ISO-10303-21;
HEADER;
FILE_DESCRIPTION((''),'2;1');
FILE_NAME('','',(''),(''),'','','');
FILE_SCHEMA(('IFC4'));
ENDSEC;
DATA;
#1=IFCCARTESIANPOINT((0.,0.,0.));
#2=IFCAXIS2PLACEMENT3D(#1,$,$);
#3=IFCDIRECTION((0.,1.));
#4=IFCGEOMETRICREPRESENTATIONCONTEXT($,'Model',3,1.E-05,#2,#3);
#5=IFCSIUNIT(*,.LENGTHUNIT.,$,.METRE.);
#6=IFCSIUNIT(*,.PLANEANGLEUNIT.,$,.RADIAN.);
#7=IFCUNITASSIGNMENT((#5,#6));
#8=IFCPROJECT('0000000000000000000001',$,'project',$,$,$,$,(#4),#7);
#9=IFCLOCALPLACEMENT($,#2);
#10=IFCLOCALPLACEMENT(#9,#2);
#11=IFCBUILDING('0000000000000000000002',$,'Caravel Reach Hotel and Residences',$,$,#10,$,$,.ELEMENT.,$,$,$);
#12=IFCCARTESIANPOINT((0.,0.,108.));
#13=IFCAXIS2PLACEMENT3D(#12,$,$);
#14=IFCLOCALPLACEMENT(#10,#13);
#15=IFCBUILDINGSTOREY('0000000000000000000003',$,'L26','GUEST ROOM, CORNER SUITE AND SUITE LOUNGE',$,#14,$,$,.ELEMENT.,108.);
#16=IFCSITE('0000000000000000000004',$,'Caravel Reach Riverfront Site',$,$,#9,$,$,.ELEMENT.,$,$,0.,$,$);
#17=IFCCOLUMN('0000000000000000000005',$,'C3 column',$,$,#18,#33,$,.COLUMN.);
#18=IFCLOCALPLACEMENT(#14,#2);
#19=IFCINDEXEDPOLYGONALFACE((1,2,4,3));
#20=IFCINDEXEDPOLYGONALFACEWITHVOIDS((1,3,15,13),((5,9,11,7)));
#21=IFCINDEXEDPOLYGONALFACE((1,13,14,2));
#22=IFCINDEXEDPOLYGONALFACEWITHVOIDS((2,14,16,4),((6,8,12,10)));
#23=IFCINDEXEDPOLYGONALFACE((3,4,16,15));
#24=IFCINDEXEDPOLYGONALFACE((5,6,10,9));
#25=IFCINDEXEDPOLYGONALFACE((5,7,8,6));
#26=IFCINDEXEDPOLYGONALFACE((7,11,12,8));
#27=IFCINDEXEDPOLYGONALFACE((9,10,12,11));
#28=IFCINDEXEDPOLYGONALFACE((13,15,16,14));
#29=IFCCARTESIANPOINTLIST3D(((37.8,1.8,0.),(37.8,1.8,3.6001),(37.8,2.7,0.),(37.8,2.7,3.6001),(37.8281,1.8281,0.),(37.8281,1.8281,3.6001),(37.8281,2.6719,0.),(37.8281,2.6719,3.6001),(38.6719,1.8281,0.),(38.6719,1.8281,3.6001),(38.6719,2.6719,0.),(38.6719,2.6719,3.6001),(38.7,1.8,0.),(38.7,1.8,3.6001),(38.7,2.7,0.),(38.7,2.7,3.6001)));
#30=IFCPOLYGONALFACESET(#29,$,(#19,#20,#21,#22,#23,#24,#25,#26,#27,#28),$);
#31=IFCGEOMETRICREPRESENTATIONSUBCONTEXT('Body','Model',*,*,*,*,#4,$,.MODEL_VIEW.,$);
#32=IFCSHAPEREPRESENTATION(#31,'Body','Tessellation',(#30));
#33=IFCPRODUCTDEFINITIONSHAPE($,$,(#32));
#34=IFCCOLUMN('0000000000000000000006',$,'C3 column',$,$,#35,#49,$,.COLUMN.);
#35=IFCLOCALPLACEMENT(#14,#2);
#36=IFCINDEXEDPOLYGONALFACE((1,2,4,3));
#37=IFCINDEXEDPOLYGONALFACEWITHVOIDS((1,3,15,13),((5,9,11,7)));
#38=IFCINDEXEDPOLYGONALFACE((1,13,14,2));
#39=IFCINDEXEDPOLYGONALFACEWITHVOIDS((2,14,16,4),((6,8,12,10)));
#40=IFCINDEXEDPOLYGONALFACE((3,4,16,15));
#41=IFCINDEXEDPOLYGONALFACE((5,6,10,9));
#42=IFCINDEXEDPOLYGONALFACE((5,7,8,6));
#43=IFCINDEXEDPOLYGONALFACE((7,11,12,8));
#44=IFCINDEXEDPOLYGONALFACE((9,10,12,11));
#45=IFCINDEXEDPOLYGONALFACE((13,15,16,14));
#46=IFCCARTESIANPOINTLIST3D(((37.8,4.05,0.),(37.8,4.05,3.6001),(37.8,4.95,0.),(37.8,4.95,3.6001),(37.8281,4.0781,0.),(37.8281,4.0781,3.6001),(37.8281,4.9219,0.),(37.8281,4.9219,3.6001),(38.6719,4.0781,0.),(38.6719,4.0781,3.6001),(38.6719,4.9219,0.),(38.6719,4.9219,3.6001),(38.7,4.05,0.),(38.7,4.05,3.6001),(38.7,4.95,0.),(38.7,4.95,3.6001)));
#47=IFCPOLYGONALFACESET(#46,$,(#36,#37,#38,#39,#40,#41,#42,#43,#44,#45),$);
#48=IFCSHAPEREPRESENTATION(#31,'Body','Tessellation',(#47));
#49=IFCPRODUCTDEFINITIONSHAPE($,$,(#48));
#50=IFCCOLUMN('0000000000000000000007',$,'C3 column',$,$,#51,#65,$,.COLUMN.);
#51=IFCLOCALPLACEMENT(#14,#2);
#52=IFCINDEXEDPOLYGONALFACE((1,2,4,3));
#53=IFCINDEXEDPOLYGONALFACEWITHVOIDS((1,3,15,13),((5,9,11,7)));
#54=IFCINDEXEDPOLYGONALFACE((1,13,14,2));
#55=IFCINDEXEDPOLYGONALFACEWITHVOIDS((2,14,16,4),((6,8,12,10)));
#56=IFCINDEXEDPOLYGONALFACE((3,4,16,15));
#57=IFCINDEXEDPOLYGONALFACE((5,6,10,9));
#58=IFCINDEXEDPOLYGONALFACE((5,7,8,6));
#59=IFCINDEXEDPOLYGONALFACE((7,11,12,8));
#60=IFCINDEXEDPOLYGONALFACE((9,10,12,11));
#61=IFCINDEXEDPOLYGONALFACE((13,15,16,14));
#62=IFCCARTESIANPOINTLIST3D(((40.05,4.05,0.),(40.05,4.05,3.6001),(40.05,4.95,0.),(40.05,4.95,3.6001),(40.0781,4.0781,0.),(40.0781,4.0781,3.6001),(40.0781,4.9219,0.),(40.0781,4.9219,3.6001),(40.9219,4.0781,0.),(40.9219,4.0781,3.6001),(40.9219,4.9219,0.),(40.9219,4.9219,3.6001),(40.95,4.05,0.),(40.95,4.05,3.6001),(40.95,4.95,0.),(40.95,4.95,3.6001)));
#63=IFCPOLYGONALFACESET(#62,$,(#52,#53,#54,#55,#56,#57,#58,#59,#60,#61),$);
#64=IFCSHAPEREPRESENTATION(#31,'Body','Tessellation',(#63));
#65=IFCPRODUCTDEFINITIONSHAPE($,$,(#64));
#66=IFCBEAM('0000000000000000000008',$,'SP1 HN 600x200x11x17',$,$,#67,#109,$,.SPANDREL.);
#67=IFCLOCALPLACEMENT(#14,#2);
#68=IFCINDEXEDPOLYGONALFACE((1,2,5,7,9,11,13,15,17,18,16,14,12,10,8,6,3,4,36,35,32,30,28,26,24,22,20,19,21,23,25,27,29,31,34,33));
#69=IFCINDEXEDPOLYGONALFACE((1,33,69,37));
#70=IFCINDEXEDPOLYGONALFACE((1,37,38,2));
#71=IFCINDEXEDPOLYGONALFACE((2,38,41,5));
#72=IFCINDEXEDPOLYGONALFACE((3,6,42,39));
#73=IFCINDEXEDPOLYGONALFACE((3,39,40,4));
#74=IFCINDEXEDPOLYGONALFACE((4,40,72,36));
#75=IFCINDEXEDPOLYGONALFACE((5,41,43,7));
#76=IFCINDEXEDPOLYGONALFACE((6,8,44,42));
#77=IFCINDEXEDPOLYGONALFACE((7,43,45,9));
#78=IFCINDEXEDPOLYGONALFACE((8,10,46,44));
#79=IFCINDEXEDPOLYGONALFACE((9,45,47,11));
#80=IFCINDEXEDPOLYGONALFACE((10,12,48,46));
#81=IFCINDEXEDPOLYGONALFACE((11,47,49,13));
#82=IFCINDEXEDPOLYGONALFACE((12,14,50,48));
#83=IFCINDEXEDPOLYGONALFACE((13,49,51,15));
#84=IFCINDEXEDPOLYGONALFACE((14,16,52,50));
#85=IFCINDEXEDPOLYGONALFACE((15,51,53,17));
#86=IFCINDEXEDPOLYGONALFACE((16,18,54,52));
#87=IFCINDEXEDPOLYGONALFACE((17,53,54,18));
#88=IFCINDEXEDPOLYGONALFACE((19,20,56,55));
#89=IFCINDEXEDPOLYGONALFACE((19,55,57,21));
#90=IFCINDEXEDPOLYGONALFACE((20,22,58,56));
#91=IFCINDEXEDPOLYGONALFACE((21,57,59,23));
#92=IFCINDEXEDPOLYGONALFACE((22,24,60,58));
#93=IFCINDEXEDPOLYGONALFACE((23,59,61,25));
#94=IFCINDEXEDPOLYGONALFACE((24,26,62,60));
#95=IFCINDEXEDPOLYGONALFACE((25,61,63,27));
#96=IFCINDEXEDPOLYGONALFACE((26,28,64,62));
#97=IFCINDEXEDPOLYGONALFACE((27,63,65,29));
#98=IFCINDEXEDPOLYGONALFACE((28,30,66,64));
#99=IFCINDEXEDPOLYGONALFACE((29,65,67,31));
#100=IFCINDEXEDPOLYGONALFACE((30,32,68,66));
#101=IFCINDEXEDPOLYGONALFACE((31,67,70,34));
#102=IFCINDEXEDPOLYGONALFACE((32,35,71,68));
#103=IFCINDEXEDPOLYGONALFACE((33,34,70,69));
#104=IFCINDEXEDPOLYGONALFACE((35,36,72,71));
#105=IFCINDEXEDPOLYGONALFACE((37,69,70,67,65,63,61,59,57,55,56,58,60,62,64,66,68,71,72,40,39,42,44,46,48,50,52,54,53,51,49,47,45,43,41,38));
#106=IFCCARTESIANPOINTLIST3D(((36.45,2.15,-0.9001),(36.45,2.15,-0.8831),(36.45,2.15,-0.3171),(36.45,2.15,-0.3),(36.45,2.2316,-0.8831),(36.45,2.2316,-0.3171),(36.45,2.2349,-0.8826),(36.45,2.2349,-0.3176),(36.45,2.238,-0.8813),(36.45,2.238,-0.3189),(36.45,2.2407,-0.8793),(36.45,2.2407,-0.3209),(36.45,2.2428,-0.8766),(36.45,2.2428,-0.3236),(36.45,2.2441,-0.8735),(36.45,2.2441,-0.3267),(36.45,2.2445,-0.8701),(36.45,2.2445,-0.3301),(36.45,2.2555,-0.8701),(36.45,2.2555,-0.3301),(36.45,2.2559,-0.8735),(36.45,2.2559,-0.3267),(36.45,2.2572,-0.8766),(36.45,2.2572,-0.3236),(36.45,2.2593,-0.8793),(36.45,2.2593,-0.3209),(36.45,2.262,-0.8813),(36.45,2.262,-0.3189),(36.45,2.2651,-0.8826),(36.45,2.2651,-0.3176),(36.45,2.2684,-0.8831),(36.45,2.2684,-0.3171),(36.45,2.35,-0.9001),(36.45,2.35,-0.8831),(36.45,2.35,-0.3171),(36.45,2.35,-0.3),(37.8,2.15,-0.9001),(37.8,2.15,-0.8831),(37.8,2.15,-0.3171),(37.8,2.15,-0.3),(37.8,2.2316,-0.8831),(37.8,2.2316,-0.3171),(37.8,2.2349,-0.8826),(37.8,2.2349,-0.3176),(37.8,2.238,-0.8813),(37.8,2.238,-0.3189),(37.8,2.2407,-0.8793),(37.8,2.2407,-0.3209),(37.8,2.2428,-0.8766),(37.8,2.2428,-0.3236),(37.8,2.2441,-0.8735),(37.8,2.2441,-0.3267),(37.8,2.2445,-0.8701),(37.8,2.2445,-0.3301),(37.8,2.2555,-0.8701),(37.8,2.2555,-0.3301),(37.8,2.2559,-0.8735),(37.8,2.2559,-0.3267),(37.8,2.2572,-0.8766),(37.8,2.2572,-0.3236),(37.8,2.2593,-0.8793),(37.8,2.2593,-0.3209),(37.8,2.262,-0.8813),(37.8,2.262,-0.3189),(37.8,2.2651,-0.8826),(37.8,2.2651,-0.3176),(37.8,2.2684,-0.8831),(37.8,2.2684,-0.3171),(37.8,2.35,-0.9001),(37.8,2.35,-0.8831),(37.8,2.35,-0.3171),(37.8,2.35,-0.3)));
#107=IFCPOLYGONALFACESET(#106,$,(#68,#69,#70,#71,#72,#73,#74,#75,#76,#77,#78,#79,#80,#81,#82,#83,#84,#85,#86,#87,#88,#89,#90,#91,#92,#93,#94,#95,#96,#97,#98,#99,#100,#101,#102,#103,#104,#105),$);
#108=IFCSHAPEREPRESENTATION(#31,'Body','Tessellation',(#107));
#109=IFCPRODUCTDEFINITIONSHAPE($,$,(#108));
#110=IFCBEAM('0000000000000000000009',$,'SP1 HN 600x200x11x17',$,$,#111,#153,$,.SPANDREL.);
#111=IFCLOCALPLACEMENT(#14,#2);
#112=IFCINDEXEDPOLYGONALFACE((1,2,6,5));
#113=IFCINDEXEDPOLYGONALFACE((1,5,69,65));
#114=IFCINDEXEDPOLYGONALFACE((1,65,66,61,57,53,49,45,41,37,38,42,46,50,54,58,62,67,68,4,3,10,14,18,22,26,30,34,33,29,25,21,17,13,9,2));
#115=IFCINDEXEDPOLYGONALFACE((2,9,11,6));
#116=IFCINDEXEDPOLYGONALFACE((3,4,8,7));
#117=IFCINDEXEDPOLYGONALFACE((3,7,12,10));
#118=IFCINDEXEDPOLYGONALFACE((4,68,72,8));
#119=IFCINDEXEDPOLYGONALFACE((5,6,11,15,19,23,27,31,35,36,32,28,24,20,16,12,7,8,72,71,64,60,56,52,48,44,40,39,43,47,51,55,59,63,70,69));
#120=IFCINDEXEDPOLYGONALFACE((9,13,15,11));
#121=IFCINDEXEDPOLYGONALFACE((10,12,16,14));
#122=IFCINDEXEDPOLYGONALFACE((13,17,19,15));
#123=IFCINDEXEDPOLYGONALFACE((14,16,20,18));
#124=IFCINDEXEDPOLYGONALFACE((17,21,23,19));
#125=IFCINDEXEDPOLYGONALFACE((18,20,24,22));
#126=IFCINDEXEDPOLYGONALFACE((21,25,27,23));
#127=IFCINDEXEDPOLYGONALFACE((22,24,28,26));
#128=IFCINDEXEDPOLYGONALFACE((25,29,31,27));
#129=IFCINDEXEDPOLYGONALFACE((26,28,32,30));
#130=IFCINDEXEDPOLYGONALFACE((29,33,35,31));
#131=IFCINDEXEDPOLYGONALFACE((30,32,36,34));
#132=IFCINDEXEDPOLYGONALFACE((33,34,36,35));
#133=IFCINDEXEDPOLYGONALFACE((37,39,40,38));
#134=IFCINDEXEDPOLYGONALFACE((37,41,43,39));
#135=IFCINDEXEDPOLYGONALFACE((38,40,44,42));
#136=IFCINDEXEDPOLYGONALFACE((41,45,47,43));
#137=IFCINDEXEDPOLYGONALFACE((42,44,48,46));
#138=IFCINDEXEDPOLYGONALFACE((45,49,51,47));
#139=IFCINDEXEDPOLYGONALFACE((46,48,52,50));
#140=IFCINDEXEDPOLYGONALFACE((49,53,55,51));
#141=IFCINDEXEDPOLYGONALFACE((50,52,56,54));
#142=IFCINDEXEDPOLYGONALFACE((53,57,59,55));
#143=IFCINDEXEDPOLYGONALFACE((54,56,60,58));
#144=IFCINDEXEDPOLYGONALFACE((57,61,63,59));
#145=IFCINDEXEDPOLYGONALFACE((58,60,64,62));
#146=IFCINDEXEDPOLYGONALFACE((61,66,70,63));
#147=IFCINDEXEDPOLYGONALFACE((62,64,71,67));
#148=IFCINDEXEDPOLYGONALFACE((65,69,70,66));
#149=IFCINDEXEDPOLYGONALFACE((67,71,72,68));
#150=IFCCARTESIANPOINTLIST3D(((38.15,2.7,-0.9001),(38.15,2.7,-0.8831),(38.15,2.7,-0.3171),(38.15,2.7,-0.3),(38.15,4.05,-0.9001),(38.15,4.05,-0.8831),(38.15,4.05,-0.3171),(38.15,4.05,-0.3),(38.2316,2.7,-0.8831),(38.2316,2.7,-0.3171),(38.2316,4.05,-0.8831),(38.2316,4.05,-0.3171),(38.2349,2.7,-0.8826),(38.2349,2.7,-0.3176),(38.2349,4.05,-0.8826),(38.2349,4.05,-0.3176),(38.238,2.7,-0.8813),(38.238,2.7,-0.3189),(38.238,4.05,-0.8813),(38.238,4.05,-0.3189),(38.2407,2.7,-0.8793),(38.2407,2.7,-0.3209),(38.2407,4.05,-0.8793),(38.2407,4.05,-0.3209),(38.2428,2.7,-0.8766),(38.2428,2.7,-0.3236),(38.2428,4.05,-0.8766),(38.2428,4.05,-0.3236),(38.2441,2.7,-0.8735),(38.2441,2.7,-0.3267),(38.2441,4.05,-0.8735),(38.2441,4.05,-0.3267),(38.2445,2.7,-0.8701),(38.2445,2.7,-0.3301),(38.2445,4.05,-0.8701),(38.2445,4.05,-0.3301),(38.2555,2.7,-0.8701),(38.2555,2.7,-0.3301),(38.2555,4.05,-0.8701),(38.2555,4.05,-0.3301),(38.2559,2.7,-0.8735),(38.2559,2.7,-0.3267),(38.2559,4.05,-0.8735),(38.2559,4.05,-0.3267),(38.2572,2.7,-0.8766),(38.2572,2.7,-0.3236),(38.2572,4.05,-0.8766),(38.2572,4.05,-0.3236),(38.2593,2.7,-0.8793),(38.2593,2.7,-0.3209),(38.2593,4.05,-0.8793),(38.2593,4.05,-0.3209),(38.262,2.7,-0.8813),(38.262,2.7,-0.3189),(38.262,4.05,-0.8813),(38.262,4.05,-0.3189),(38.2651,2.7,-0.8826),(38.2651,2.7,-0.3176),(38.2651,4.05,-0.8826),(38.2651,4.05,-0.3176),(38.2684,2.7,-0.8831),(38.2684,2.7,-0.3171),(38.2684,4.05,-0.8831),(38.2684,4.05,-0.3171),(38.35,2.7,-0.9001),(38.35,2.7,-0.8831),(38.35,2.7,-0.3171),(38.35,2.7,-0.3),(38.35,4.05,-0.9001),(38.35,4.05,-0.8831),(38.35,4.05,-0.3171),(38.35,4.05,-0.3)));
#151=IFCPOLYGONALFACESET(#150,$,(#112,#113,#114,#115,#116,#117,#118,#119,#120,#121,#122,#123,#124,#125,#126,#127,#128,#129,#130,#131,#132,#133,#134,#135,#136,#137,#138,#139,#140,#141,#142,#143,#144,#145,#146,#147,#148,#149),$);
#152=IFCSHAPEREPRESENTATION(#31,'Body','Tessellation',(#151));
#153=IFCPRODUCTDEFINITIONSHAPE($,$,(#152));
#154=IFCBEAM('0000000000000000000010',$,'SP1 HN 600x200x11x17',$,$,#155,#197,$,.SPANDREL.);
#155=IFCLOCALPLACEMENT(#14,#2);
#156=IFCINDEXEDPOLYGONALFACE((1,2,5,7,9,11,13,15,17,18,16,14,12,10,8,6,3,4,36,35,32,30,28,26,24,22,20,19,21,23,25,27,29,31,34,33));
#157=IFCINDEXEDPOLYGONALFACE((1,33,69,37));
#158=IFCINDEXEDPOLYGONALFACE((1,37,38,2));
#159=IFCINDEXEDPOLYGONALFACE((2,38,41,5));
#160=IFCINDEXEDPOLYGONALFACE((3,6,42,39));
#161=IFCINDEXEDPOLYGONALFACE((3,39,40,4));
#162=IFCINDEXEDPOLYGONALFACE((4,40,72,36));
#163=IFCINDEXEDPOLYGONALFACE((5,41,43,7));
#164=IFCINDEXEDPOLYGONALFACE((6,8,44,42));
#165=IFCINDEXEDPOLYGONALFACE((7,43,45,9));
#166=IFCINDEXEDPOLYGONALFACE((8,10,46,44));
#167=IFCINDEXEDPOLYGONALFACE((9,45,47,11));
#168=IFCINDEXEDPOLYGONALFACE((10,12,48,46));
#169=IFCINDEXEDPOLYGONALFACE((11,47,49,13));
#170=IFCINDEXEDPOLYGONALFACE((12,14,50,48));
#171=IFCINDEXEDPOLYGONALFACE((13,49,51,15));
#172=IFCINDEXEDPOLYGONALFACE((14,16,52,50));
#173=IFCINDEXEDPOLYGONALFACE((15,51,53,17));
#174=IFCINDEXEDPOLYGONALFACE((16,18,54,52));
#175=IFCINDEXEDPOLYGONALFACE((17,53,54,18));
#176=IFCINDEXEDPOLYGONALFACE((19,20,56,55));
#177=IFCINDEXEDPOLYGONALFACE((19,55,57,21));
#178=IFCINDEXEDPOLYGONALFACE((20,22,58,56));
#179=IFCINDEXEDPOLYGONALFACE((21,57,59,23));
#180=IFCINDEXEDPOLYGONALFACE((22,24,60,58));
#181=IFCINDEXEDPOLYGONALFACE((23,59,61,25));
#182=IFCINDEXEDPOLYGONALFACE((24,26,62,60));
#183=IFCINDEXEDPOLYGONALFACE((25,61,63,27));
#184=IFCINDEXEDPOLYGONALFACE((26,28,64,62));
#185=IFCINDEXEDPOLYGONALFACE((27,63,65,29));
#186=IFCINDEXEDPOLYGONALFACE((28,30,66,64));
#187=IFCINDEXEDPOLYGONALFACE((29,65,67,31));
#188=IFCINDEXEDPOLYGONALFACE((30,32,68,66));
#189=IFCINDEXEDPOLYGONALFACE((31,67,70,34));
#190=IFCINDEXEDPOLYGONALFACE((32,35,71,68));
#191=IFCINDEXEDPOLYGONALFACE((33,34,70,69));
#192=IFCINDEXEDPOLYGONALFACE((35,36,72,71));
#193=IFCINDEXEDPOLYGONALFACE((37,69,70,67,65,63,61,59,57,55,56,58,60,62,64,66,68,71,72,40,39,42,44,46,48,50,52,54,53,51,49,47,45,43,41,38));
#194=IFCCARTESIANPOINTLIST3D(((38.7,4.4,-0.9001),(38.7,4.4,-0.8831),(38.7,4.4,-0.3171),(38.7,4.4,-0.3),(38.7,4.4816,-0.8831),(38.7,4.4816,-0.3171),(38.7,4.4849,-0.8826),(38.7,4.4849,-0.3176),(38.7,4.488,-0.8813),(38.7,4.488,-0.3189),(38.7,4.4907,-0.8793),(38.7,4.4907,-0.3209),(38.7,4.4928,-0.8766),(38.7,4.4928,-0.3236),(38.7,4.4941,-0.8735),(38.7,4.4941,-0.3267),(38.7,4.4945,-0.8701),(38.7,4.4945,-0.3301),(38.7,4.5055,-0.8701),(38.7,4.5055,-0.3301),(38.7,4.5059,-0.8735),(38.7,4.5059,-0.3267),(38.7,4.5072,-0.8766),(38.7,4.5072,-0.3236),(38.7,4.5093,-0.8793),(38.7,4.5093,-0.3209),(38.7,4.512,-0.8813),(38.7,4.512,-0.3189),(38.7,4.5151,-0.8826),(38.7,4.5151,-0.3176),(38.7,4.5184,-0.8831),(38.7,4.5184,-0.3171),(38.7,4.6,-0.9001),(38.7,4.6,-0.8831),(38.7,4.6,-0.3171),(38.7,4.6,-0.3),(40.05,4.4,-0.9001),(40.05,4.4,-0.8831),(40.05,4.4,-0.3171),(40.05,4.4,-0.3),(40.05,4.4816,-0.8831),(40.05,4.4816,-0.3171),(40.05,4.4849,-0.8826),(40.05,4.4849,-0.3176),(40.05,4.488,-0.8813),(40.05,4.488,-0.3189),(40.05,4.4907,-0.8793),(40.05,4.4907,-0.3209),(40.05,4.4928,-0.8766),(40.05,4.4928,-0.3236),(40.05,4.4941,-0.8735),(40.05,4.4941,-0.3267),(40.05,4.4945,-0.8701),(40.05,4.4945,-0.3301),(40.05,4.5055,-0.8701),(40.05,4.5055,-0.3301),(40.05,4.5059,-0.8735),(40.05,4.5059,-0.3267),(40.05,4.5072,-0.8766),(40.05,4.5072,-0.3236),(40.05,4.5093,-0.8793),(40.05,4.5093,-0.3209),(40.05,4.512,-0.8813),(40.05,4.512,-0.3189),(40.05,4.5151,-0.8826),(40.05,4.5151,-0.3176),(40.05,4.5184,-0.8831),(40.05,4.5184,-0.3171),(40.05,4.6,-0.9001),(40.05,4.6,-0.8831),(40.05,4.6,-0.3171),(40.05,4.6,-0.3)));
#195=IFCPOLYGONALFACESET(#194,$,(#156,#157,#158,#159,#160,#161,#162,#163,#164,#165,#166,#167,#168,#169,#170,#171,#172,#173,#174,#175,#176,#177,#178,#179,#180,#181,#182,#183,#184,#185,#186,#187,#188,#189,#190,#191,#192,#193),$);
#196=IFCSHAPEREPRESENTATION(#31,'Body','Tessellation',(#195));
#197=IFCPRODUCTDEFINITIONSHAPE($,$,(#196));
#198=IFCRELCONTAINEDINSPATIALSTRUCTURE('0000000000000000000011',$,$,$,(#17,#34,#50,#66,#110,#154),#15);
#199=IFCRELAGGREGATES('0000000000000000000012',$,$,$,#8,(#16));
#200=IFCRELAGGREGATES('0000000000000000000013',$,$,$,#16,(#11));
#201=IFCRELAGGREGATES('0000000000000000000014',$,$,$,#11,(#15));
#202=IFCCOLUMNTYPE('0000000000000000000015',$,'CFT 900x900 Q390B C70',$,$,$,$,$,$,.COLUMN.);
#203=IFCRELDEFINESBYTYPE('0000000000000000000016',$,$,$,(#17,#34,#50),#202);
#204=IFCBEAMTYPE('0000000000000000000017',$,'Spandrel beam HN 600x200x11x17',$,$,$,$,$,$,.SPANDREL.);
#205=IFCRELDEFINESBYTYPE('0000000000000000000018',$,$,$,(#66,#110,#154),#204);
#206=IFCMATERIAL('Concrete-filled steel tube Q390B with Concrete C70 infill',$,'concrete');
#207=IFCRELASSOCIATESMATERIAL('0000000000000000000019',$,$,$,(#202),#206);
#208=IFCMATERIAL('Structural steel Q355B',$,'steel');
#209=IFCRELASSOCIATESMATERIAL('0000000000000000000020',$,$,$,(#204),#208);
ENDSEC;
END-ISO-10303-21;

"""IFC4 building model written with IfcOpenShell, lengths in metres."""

from ifc_helpers import new_model, si_unit, direction, frame, origin, origin_2d, place, context, subcontext, project, spatial, hollow_rectangle, i_section, extrude, material, material_profile, profile_set, type_object, element, save


model = new_model("IFC4")

# Units and contexts
model_context = context("Model", 3, precision=1e-05, world=origin(), true_north=direction((0.0, 1.0)))
body_context = subcontext(model_context, "Body", "Model", "MODEL_VIEW")
ifc_project = project(units=[si_unit("LENGTHUNIT", "METRE"), si_unit("PLANEANGLEUNIT", "RADIAN")], contexts=[model_context])

# Site, building, storey
site_placement = place(None, origin())
site = spatial("IfcSite", under=ifc_project, at=site_placement, Name="Caravel Reach Riverfront Site", CompositionType="ELEMENT", RefElevation=0.0)
building_placement = place(site_placement, origin())
building = spatial("IfcBuilding", under=site, at=building_placement, Name="Caravel Reach Hotel and Residences", CompositionType="ELEMENT")
storey_placement = place(building_placement, frame((0.0, 0.0, 108.0)))
storey = spatial("IfcBuildingStorey", under=building, at=storey_placement, Name="L26", Description="GUEST ROOM, CORNER SUITE AND SUITE LOUNGE", CompositionType="ELEMENT", Elevation=108.0)

# Columns
ifc_material_1 = material(Name="Concrete-filled steel tube Q390B with Concrete C70 infill", Category="concrete")
ifc_material_profile_1 = material_profile(ifc_material_1, hollow_rectangle(XDim=0.8999, YDim=0.8999, WallThickness=0.0281, at=origin_2d()), Name="RHS 900x900x28")
ifc_profile_set_1 = profile_set([ifc_material_profile_1], Name="Concrete-filled steel tube Q390B with Concrete C70 infill")
column_type = type_object("IfcColumnType", Name="CFT 900x900 Q390B C70", PredefinedType="COLUMN", material=ifc_profile_set_1)
for number, where, z_axis, x_axis, name in (
    (1, (38.25, 2.25, 0.0), (0.0, 0.0, 1.0), (1.0, 0.0, 0.0), "C3 column"),
    (2, (38.25, 4.5, 0.0), (0.0, 0.0, 1.0), (1.0, 0.0, 0.0), "C3 column"),
    (3, (40.5, 4.5, 0.0), (0.0, 0.0, 1.0), (1.0, 0.0, 0.0), "C3 column"),
):
    element("IfcColumn", number, at=place(storey_placement, frame(where, z_axis=z_axis, x_axis=x_axis)), inside=storey, type_object=column_type, Name=name, PredefinedType="COLUMN", context=body_context, shape_type="SweptSolid", body=[
        extrude(hollow_rectangle(XDim=0.8999, YDim=0.8999, WallThickness=0.0281, at=origin_2d()), origin(), (0.0, 0.0, 1.0), 3.6001),
    ])

# Beams
ifc_material_2 = material(Name="Structural steel Q355B", Category="steel")
ifc_material_profile_2 = material_profile(ifc_material_2, i_section(OverallWidth=0.2, OverallDepth=0.6001, WebThickness=0.011, FlangeThickness=0.0171, FilletRadius=0.0129, at=origin_2d()), Name="HN 600x200x11x17")
ifc_profile_set_2 = profile_set([ifc_material_profile_2], Name="Structural steel Q355B")
beam_type = type_object("IfcBeamType", Name="Spandrel beam HN 600x200x11x17", PredefinedType="SPANDREL", material=ifc_profile_set_2)
for number, where, z_axis, x_axis, name in (
    (4, (36.45, 2.25, -0.6001), (1.0, 0.0, 0.0), (0.0, 1.0, 0.0), "SP1 HN 600x200x11x17"),
    (5, (38.25, 2.7, -0.6001), (0.0, 1.0, 0.0), (-1.0, 0.0, 0.0), "SP1 HN 600x200x11x17"),
    (6, (38.7, 4.5, -0.6001), (1.0, 0.0, 0.0), (0.0, 1.0, 0.0), "SP1 HN 600x200x11x17"),
):
    element("IfcBeam", number, at=place(storey_placement, frame(where, z_axis=z_axis, x_axis=x_axis)), inside=storey, type_object=beam_type, Name=name, PredefinedType="SPANDREL", context=body_context, shape_type="SweptSolid", body=[
        extrude(i_section(OverallWidth=0.2, OverallDepth=0.6001, WebThickness=0.011, FlangeThickness=0.0171, FilletRadius=0.0129, at=origin_2d()), origin(), (0.0, 0.0, 1.0), 1.3501),
    ])

save(model, "model.ifc")
